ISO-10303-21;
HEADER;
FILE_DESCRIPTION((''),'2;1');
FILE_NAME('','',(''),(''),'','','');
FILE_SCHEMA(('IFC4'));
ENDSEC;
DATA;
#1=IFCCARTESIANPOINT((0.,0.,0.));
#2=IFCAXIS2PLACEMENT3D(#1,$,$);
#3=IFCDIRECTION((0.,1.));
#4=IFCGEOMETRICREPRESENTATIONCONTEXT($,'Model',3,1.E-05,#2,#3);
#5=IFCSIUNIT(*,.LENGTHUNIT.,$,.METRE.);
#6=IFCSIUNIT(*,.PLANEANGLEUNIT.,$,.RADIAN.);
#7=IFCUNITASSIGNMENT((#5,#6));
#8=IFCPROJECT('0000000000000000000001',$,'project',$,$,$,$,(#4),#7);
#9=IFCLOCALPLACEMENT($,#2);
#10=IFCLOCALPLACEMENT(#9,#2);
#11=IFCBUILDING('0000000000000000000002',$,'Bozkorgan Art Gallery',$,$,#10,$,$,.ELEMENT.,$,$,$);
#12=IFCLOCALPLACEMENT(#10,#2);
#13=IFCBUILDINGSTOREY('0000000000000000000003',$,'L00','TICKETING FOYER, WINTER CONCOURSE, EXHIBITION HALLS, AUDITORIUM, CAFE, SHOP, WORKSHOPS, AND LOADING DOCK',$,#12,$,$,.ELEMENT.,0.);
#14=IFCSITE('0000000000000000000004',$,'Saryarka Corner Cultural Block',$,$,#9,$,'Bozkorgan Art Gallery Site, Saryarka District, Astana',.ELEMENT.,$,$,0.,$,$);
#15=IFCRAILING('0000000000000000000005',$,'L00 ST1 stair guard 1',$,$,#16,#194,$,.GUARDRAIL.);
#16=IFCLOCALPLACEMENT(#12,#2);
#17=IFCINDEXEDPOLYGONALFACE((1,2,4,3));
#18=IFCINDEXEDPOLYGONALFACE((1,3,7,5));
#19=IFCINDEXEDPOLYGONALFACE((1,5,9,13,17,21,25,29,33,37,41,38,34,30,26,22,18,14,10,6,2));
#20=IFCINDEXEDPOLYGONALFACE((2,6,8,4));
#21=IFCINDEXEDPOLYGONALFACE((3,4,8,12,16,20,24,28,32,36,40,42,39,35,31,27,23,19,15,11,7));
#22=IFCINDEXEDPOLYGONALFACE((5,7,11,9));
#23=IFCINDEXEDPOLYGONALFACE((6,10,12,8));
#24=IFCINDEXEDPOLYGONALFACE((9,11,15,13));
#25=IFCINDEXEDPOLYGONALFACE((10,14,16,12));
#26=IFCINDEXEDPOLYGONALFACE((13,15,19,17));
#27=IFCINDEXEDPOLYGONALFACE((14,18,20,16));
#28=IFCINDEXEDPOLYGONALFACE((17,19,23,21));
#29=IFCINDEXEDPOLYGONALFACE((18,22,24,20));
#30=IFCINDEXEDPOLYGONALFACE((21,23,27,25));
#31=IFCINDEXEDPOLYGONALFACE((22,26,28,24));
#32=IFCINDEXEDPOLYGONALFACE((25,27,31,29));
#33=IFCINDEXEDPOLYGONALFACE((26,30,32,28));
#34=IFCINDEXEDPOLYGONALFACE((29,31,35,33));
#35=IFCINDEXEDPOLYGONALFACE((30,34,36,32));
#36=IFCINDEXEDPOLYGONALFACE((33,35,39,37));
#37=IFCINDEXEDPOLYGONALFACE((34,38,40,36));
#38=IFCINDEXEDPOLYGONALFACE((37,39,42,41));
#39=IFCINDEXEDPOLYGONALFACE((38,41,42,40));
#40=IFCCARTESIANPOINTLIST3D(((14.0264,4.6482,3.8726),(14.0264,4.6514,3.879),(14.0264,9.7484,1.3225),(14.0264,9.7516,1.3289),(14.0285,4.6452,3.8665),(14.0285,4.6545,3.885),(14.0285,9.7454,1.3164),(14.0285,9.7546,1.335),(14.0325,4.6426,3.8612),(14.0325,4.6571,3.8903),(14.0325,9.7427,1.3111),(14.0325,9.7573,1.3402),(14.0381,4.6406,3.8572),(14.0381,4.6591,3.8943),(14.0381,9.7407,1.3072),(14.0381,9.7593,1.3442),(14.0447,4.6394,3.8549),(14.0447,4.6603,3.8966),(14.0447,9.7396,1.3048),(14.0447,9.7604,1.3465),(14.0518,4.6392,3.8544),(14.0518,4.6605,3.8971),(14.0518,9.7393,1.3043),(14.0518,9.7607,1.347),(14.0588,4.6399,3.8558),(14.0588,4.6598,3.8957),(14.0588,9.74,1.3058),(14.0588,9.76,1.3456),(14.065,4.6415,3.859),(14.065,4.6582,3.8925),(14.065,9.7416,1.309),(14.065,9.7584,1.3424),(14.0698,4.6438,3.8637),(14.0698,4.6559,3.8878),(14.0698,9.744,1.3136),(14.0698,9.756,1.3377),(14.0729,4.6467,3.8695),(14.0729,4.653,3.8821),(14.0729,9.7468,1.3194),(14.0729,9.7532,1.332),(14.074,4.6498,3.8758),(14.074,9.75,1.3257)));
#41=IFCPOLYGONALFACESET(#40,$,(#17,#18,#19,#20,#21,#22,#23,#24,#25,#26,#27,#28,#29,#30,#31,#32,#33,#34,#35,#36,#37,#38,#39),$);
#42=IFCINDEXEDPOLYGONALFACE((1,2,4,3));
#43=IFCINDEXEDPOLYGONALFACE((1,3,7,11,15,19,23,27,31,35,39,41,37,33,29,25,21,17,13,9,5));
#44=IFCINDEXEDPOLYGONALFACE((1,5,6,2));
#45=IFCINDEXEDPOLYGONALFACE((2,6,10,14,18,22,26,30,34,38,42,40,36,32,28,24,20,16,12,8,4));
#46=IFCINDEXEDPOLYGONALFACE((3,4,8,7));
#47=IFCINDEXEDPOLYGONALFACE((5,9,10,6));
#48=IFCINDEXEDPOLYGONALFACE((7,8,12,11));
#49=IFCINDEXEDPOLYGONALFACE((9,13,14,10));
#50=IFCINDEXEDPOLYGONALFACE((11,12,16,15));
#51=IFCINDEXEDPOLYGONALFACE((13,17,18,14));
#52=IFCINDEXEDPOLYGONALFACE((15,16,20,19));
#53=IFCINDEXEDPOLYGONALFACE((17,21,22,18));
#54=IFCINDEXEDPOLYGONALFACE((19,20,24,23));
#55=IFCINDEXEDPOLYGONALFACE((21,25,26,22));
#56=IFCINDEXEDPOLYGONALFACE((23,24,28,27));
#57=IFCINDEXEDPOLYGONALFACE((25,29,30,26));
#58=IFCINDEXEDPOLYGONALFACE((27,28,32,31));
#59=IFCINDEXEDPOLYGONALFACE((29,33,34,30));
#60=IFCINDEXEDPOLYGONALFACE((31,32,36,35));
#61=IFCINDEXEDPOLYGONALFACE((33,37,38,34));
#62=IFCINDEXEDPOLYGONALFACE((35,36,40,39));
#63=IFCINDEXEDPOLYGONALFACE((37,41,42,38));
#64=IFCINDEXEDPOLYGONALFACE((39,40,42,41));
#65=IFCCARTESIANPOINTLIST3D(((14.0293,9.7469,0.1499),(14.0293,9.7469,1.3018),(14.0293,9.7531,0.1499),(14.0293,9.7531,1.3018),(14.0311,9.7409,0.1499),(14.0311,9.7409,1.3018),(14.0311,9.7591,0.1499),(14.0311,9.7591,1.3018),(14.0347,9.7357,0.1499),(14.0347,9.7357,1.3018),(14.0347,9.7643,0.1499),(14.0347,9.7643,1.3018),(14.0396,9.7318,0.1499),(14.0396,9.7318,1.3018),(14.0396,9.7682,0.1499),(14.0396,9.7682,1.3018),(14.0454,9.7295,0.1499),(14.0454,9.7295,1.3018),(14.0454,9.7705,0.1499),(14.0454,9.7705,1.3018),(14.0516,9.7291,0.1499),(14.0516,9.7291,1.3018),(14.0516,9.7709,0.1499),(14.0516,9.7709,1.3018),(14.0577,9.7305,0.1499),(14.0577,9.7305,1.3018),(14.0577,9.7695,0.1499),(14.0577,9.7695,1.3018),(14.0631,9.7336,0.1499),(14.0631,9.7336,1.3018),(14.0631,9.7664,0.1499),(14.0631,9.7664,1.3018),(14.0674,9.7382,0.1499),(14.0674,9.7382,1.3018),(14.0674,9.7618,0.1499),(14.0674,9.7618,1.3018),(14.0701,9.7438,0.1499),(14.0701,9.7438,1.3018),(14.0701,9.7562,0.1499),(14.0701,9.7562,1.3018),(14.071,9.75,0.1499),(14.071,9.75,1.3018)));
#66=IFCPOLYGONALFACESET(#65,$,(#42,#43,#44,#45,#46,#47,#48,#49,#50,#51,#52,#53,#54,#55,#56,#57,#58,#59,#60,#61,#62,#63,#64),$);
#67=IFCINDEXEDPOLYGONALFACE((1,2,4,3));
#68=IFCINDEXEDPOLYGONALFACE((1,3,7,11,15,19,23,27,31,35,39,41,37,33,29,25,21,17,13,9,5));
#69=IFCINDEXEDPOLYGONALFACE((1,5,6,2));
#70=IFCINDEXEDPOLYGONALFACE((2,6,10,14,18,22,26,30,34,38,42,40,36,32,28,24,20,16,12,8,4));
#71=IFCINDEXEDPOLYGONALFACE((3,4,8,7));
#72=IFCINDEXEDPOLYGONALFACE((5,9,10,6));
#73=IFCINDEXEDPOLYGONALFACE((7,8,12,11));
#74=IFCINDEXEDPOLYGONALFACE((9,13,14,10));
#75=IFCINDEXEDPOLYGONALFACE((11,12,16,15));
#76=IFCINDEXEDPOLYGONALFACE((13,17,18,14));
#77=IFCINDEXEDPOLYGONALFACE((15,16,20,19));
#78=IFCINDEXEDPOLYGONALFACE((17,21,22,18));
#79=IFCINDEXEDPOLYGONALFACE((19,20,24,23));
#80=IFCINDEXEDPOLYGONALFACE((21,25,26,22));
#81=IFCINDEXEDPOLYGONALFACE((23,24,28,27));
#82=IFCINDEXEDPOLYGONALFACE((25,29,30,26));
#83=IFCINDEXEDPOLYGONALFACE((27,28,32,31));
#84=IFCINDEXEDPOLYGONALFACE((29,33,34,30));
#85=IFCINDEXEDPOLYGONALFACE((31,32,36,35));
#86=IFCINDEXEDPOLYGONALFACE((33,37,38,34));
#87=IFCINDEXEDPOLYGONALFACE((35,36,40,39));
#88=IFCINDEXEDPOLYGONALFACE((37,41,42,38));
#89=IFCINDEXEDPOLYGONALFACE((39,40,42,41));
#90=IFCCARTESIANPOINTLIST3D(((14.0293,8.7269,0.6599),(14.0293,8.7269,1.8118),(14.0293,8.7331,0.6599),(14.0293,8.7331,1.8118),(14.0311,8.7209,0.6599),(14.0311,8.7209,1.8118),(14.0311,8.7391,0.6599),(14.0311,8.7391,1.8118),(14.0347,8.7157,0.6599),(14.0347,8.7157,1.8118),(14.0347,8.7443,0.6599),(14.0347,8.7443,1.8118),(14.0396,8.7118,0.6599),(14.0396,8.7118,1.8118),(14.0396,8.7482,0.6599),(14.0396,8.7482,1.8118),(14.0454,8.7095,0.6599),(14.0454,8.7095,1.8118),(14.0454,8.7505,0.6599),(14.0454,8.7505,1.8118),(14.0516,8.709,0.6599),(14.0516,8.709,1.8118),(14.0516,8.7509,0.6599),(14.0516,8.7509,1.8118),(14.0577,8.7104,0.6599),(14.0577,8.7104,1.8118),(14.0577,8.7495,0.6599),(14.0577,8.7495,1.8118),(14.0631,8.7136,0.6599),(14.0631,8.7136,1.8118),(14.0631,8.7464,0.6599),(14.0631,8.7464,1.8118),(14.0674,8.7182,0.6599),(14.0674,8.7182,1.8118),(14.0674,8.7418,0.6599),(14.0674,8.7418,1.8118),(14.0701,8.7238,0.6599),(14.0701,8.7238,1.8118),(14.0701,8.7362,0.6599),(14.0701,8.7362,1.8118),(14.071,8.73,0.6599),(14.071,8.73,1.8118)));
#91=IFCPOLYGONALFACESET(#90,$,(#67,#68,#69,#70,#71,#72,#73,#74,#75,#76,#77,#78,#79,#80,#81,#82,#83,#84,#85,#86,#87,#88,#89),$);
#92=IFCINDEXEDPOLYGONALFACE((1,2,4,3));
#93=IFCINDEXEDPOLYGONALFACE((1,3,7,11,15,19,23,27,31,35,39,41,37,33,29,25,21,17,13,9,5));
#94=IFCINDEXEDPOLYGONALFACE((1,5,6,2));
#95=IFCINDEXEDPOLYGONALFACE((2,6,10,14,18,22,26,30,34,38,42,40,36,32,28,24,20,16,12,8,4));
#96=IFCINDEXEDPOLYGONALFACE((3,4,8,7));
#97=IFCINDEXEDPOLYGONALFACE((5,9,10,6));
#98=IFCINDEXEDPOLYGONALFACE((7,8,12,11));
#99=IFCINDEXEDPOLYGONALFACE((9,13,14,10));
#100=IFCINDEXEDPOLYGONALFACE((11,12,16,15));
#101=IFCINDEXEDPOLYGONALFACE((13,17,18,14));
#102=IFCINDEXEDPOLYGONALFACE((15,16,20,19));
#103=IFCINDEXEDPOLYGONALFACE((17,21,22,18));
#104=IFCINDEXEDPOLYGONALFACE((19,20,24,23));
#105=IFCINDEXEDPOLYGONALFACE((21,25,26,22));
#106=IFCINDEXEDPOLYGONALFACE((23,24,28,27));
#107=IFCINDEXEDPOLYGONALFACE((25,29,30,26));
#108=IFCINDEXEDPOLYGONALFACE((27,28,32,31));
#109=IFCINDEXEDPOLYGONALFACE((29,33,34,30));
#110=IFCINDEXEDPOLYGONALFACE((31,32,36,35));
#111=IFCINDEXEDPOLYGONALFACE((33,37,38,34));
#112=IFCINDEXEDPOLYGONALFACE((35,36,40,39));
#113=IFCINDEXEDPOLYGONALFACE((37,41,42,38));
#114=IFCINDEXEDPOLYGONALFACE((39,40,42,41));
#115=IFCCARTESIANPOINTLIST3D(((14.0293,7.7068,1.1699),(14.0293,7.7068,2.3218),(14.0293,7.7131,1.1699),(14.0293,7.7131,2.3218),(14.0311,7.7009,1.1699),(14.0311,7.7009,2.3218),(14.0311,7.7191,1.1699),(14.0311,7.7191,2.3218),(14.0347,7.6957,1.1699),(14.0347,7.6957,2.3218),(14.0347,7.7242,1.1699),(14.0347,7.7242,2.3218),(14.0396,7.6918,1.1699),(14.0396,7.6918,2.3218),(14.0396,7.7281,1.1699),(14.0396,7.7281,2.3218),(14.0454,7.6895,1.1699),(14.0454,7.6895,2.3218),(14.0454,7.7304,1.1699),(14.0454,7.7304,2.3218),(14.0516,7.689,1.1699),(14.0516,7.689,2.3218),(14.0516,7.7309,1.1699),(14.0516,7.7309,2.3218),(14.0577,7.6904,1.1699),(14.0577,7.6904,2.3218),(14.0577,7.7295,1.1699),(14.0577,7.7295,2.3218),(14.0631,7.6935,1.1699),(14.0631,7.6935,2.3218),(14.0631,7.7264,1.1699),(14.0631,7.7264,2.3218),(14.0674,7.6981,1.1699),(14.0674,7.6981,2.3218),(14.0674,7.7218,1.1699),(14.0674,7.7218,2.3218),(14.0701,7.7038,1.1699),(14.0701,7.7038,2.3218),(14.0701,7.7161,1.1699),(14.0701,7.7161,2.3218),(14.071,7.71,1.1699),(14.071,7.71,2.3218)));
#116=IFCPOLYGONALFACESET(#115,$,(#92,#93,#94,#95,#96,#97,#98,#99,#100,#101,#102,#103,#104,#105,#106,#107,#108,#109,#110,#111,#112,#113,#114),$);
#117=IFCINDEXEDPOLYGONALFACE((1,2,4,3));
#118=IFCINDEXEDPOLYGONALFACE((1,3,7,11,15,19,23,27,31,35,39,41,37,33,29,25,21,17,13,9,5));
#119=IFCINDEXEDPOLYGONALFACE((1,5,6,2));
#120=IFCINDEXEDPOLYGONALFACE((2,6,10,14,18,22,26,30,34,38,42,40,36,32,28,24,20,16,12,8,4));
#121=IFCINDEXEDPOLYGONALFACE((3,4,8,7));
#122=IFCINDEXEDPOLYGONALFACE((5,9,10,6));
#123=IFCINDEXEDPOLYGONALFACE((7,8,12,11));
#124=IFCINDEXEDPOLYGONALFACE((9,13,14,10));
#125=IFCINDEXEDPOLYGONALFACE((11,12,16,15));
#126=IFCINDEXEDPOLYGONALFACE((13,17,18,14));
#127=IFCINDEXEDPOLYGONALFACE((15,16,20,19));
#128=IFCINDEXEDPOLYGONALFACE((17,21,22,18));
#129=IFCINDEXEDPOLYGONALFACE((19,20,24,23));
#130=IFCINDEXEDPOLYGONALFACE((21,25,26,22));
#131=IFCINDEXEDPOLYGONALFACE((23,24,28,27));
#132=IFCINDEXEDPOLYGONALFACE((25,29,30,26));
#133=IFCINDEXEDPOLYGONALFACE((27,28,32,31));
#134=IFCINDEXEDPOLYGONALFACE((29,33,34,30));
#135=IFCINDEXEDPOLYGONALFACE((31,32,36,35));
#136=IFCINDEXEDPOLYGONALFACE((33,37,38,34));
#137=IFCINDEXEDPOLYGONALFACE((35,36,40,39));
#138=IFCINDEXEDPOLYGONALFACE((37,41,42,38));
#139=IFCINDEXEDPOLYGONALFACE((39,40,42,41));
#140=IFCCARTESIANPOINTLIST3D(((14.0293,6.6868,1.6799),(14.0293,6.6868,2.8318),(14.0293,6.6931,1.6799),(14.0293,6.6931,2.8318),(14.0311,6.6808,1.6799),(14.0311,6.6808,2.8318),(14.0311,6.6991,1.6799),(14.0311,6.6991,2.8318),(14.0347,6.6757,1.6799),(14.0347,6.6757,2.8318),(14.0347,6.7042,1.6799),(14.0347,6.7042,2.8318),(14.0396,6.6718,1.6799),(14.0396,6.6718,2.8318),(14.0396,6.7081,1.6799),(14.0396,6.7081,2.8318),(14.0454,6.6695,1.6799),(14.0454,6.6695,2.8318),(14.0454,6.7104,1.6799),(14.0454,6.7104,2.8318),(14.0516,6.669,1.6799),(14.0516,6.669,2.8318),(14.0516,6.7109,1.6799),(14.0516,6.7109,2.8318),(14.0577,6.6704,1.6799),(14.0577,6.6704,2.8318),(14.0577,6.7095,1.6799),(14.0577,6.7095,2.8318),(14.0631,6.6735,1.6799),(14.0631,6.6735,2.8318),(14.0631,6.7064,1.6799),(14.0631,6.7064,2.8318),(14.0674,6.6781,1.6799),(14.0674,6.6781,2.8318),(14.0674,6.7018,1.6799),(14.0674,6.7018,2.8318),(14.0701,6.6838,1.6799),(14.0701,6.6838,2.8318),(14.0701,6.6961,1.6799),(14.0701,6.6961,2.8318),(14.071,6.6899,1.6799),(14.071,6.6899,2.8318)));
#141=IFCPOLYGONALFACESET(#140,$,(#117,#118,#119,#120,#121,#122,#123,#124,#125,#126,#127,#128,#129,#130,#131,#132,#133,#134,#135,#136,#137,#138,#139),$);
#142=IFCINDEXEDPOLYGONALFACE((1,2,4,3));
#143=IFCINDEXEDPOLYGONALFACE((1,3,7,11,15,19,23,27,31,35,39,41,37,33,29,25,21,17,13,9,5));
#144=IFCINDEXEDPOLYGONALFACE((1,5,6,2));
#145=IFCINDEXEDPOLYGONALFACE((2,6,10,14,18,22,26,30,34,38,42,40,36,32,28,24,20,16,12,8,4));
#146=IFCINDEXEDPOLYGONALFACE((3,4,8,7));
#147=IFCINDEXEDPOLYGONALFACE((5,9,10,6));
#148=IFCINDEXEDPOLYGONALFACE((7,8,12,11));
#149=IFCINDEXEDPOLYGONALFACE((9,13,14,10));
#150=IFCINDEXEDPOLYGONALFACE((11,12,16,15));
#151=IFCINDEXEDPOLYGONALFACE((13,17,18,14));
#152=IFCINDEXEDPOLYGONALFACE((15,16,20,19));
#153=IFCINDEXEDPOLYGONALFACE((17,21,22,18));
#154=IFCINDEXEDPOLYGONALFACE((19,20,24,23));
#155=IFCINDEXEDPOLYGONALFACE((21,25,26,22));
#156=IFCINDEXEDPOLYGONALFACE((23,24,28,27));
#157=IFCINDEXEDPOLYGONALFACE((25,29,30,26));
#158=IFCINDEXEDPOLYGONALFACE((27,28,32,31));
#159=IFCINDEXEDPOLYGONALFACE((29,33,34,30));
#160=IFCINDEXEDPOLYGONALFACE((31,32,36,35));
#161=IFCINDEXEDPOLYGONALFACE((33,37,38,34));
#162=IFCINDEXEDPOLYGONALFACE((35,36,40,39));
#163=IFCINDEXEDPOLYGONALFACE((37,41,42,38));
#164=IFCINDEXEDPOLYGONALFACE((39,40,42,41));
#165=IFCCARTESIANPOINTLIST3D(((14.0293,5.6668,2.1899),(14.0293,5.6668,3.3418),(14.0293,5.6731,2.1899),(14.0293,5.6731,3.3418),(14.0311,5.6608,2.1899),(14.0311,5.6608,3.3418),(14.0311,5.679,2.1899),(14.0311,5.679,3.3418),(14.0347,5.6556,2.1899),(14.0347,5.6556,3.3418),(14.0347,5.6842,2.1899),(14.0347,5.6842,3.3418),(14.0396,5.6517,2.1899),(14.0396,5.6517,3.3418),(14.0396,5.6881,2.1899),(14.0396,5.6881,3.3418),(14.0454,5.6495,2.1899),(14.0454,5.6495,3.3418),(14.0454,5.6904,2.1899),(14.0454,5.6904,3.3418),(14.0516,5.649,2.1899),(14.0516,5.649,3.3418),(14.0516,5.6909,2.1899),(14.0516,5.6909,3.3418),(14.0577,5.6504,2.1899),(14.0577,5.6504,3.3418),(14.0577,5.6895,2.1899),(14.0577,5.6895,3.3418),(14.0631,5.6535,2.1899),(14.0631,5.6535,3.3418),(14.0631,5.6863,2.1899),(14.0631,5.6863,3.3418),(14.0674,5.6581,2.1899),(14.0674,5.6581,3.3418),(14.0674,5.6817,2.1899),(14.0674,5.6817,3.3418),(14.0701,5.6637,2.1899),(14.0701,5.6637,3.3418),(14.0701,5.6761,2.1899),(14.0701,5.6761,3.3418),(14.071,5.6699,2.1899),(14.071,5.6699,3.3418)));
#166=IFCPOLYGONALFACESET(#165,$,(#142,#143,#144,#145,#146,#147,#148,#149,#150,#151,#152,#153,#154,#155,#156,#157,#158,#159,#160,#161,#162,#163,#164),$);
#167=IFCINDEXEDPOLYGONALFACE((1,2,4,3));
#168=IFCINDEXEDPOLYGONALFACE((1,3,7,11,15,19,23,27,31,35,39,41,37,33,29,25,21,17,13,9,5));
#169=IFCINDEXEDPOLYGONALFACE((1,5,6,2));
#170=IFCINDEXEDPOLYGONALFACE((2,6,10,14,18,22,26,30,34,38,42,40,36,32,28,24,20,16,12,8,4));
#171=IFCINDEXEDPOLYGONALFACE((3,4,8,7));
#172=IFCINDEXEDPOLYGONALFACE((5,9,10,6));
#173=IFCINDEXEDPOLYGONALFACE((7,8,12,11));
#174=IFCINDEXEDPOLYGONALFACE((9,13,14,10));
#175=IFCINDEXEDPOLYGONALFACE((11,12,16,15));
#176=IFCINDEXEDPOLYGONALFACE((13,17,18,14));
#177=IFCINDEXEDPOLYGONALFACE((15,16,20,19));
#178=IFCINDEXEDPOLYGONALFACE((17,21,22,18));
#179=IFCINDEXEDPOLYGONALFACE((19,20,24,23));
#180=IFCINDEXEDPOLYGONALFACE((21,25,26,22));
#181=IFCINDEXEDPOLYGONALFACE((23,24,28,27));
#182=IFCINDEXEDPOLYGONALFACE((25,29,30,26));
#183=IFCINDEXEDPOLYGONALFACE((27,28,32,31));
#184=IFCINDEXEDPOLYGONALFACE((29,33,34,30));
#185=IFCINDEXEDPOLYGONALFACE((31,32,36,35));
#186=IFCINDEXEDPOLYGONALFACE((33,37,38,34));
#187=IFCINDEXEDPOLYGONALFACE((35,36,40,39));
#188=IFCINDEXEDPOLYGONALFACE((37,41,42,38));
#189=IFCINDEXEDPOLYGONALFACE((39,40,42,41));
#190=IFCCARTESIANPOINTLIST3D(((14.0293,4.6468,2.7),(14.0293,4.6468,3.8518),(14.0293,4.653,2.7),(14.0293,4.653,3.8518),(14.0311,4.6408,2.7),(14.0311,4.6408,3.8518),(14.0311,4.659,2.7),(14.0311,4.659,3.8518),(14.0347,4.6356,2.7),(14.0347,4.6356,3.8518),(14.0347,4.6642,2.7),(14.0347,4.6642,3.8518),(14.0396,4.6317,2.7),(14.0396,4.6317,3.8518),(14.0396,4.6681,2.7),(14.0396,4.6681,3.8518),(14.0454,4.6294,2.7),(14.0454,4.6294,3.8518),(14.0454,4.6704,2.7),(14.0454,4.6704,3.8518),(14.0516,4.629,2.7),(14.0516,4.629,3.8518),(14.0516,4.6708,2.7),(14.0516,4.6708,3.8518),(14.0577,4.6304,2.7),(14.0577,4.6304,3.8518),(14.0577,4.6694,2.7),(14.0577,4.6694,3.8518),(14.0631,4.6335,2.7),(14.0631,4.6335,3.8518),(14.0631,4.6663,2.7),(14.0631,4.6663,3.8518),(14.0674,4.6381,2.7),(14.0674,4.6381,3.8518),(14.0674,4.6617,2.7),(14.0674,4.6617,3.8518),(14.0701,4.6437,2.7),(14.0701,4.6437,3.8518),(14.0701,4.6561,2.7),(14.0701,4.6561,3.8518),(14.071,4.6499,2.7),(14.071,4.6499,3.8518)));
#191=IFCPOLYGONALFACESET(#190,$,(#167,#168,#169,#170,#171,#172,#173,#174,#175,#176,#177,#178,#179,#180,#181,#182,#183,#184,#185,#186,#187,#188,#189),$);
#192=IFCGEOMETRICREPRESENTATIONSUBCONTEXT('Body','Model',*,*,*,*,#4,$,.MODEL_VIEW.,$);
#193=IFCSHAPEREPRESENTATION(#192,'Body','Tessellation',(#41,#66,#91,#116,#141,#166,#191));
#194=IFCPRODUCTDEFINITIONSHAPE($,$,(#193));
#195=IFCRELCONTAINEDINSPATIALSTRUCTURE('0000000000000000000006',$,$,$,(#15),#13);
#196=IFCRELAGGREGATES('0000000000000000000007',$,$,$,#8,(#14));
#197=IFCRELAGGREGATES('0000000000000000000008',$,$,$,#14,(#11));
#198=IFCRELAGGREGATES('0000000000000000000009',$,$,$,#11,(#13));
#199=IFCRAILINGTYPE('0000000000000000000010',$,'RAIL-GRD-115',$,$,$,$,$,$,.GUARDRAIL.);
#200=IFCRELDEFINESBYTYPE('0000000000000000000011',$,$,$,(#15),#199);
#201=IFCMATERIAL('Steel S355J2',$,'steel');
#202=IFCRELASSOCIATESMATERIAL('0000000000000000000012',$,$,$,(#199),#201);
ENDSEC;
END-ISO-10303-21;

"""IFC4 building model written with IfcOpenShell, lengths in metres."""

from ifc_helpers import new_model, si_unit, direction, frame, origin, origin_2d, place, context, subcontext, project, spatial, circle, extrude, material, type_object, element, save


model = new_model("IFC4")

# Units and contexts
model_context = context("Model", 3, precision=1e-05, world=origin(), true_north=direction((0.0, 1.0)))
body_context = subcontext(model_context, "Body", "Model", "MODEL_VIEW")
ifc_project = project(units=[si_unit("LENGTHUNIT", "METRE"), si_unit("PLANEANGLEUNIT", "RADIAN")], contexts=[model_context])

# Site, building, storey
site_placement = place(None, origin())
site = spatial("IfcSite", under=ifc_project, at=site_placement, Name="Saryarka Corner Cultural Block", LongName="Bozkorgan Art Gallery Site, Saryarka District, Astana", CompositionType="ELEMENT", RefElevation=0.0)
building_placement = place(site_placement, origin())
building = spatial("IfcBuilding", under=site, at=building_placement, Name="Bozkorgan Art Gallery", CompositionType="ELEMENT")
storey_placement = place(building_placement, origin())
storey = spatial("IfcBuildingStorey", under=building, at=storey_placement, Name="L00", Description="TICKETING FOYER, WINTER CONCOURSE, EXHIBITION HALLS, AUDITORIUM, CAFE, SHOP, WORKSHOPS, AND LOADING DOCK", CompositionType="ELEMENT", Elevation=0.0)

# Shared definitions
ifc_material_1 = material(Name="Steel S355J2", Category="steel")

# Railing
railing_type_1 = type_object("IfcRailingType", Name="RAIL-GRD-115", PredefinedType="GUARDRAIL", material=ifc_material_1)
railing_1_placement = place(storey_placement, frame((14.05, 9.75, 0.1499)))
element("IfcRailing", 1, at=railing_1_placement, inside=storey, type_object=railing_type_1, Name="L00 ST1 stair guard 1", PredefinedType="GUARDRAIL", context=body_context, shape_type="SweptSolid", body=[
    extrude(circle(Radius=0.0239, at=origin_2d()), frame((0.0, 0.0, 1.1758), z_axis=(0.0, -0.894427, 0.447214), x_axis=(1.0, 0.0, 0.0)), (0.0, 0.0, 1.0), 5.7021),
    extrude(circle(Radius=0.021, at=origin_2d()), origin(), (0.0, 0.0, 1.0), 1.1519),
    extrude(circle(Radius=0.021, at=origin_2d()), frame((0.0, -1.02, 0.51)), (0.0, 0.0, 1.0), 1.1519),
    extrude(circle(Radius=0.021, at=origin_2d()), frame((0.0, -2.04, 1.02)), (0.0, 0.0, 1.0), 1.1519),
    extrude(circle(Radius=0.021, at=origin_2d()), frame((0.0, -3.0601, 1.53)), (0.0, 0.0, 1.0), 1.1519),
    extrude(circle(Radius=0.021, at=origin_2d()), frame((0.0, -4.0801, 2.04)), (0.0, 0.0, 1.0), 1.1519),
    extrude(circle(Radius=0.021, at=origin_2d()), frame((0.0, -5.1001, 2.55)), (0.0, 0.0, 1.0), 1.1519),
])

save(model, "model.ifc")
